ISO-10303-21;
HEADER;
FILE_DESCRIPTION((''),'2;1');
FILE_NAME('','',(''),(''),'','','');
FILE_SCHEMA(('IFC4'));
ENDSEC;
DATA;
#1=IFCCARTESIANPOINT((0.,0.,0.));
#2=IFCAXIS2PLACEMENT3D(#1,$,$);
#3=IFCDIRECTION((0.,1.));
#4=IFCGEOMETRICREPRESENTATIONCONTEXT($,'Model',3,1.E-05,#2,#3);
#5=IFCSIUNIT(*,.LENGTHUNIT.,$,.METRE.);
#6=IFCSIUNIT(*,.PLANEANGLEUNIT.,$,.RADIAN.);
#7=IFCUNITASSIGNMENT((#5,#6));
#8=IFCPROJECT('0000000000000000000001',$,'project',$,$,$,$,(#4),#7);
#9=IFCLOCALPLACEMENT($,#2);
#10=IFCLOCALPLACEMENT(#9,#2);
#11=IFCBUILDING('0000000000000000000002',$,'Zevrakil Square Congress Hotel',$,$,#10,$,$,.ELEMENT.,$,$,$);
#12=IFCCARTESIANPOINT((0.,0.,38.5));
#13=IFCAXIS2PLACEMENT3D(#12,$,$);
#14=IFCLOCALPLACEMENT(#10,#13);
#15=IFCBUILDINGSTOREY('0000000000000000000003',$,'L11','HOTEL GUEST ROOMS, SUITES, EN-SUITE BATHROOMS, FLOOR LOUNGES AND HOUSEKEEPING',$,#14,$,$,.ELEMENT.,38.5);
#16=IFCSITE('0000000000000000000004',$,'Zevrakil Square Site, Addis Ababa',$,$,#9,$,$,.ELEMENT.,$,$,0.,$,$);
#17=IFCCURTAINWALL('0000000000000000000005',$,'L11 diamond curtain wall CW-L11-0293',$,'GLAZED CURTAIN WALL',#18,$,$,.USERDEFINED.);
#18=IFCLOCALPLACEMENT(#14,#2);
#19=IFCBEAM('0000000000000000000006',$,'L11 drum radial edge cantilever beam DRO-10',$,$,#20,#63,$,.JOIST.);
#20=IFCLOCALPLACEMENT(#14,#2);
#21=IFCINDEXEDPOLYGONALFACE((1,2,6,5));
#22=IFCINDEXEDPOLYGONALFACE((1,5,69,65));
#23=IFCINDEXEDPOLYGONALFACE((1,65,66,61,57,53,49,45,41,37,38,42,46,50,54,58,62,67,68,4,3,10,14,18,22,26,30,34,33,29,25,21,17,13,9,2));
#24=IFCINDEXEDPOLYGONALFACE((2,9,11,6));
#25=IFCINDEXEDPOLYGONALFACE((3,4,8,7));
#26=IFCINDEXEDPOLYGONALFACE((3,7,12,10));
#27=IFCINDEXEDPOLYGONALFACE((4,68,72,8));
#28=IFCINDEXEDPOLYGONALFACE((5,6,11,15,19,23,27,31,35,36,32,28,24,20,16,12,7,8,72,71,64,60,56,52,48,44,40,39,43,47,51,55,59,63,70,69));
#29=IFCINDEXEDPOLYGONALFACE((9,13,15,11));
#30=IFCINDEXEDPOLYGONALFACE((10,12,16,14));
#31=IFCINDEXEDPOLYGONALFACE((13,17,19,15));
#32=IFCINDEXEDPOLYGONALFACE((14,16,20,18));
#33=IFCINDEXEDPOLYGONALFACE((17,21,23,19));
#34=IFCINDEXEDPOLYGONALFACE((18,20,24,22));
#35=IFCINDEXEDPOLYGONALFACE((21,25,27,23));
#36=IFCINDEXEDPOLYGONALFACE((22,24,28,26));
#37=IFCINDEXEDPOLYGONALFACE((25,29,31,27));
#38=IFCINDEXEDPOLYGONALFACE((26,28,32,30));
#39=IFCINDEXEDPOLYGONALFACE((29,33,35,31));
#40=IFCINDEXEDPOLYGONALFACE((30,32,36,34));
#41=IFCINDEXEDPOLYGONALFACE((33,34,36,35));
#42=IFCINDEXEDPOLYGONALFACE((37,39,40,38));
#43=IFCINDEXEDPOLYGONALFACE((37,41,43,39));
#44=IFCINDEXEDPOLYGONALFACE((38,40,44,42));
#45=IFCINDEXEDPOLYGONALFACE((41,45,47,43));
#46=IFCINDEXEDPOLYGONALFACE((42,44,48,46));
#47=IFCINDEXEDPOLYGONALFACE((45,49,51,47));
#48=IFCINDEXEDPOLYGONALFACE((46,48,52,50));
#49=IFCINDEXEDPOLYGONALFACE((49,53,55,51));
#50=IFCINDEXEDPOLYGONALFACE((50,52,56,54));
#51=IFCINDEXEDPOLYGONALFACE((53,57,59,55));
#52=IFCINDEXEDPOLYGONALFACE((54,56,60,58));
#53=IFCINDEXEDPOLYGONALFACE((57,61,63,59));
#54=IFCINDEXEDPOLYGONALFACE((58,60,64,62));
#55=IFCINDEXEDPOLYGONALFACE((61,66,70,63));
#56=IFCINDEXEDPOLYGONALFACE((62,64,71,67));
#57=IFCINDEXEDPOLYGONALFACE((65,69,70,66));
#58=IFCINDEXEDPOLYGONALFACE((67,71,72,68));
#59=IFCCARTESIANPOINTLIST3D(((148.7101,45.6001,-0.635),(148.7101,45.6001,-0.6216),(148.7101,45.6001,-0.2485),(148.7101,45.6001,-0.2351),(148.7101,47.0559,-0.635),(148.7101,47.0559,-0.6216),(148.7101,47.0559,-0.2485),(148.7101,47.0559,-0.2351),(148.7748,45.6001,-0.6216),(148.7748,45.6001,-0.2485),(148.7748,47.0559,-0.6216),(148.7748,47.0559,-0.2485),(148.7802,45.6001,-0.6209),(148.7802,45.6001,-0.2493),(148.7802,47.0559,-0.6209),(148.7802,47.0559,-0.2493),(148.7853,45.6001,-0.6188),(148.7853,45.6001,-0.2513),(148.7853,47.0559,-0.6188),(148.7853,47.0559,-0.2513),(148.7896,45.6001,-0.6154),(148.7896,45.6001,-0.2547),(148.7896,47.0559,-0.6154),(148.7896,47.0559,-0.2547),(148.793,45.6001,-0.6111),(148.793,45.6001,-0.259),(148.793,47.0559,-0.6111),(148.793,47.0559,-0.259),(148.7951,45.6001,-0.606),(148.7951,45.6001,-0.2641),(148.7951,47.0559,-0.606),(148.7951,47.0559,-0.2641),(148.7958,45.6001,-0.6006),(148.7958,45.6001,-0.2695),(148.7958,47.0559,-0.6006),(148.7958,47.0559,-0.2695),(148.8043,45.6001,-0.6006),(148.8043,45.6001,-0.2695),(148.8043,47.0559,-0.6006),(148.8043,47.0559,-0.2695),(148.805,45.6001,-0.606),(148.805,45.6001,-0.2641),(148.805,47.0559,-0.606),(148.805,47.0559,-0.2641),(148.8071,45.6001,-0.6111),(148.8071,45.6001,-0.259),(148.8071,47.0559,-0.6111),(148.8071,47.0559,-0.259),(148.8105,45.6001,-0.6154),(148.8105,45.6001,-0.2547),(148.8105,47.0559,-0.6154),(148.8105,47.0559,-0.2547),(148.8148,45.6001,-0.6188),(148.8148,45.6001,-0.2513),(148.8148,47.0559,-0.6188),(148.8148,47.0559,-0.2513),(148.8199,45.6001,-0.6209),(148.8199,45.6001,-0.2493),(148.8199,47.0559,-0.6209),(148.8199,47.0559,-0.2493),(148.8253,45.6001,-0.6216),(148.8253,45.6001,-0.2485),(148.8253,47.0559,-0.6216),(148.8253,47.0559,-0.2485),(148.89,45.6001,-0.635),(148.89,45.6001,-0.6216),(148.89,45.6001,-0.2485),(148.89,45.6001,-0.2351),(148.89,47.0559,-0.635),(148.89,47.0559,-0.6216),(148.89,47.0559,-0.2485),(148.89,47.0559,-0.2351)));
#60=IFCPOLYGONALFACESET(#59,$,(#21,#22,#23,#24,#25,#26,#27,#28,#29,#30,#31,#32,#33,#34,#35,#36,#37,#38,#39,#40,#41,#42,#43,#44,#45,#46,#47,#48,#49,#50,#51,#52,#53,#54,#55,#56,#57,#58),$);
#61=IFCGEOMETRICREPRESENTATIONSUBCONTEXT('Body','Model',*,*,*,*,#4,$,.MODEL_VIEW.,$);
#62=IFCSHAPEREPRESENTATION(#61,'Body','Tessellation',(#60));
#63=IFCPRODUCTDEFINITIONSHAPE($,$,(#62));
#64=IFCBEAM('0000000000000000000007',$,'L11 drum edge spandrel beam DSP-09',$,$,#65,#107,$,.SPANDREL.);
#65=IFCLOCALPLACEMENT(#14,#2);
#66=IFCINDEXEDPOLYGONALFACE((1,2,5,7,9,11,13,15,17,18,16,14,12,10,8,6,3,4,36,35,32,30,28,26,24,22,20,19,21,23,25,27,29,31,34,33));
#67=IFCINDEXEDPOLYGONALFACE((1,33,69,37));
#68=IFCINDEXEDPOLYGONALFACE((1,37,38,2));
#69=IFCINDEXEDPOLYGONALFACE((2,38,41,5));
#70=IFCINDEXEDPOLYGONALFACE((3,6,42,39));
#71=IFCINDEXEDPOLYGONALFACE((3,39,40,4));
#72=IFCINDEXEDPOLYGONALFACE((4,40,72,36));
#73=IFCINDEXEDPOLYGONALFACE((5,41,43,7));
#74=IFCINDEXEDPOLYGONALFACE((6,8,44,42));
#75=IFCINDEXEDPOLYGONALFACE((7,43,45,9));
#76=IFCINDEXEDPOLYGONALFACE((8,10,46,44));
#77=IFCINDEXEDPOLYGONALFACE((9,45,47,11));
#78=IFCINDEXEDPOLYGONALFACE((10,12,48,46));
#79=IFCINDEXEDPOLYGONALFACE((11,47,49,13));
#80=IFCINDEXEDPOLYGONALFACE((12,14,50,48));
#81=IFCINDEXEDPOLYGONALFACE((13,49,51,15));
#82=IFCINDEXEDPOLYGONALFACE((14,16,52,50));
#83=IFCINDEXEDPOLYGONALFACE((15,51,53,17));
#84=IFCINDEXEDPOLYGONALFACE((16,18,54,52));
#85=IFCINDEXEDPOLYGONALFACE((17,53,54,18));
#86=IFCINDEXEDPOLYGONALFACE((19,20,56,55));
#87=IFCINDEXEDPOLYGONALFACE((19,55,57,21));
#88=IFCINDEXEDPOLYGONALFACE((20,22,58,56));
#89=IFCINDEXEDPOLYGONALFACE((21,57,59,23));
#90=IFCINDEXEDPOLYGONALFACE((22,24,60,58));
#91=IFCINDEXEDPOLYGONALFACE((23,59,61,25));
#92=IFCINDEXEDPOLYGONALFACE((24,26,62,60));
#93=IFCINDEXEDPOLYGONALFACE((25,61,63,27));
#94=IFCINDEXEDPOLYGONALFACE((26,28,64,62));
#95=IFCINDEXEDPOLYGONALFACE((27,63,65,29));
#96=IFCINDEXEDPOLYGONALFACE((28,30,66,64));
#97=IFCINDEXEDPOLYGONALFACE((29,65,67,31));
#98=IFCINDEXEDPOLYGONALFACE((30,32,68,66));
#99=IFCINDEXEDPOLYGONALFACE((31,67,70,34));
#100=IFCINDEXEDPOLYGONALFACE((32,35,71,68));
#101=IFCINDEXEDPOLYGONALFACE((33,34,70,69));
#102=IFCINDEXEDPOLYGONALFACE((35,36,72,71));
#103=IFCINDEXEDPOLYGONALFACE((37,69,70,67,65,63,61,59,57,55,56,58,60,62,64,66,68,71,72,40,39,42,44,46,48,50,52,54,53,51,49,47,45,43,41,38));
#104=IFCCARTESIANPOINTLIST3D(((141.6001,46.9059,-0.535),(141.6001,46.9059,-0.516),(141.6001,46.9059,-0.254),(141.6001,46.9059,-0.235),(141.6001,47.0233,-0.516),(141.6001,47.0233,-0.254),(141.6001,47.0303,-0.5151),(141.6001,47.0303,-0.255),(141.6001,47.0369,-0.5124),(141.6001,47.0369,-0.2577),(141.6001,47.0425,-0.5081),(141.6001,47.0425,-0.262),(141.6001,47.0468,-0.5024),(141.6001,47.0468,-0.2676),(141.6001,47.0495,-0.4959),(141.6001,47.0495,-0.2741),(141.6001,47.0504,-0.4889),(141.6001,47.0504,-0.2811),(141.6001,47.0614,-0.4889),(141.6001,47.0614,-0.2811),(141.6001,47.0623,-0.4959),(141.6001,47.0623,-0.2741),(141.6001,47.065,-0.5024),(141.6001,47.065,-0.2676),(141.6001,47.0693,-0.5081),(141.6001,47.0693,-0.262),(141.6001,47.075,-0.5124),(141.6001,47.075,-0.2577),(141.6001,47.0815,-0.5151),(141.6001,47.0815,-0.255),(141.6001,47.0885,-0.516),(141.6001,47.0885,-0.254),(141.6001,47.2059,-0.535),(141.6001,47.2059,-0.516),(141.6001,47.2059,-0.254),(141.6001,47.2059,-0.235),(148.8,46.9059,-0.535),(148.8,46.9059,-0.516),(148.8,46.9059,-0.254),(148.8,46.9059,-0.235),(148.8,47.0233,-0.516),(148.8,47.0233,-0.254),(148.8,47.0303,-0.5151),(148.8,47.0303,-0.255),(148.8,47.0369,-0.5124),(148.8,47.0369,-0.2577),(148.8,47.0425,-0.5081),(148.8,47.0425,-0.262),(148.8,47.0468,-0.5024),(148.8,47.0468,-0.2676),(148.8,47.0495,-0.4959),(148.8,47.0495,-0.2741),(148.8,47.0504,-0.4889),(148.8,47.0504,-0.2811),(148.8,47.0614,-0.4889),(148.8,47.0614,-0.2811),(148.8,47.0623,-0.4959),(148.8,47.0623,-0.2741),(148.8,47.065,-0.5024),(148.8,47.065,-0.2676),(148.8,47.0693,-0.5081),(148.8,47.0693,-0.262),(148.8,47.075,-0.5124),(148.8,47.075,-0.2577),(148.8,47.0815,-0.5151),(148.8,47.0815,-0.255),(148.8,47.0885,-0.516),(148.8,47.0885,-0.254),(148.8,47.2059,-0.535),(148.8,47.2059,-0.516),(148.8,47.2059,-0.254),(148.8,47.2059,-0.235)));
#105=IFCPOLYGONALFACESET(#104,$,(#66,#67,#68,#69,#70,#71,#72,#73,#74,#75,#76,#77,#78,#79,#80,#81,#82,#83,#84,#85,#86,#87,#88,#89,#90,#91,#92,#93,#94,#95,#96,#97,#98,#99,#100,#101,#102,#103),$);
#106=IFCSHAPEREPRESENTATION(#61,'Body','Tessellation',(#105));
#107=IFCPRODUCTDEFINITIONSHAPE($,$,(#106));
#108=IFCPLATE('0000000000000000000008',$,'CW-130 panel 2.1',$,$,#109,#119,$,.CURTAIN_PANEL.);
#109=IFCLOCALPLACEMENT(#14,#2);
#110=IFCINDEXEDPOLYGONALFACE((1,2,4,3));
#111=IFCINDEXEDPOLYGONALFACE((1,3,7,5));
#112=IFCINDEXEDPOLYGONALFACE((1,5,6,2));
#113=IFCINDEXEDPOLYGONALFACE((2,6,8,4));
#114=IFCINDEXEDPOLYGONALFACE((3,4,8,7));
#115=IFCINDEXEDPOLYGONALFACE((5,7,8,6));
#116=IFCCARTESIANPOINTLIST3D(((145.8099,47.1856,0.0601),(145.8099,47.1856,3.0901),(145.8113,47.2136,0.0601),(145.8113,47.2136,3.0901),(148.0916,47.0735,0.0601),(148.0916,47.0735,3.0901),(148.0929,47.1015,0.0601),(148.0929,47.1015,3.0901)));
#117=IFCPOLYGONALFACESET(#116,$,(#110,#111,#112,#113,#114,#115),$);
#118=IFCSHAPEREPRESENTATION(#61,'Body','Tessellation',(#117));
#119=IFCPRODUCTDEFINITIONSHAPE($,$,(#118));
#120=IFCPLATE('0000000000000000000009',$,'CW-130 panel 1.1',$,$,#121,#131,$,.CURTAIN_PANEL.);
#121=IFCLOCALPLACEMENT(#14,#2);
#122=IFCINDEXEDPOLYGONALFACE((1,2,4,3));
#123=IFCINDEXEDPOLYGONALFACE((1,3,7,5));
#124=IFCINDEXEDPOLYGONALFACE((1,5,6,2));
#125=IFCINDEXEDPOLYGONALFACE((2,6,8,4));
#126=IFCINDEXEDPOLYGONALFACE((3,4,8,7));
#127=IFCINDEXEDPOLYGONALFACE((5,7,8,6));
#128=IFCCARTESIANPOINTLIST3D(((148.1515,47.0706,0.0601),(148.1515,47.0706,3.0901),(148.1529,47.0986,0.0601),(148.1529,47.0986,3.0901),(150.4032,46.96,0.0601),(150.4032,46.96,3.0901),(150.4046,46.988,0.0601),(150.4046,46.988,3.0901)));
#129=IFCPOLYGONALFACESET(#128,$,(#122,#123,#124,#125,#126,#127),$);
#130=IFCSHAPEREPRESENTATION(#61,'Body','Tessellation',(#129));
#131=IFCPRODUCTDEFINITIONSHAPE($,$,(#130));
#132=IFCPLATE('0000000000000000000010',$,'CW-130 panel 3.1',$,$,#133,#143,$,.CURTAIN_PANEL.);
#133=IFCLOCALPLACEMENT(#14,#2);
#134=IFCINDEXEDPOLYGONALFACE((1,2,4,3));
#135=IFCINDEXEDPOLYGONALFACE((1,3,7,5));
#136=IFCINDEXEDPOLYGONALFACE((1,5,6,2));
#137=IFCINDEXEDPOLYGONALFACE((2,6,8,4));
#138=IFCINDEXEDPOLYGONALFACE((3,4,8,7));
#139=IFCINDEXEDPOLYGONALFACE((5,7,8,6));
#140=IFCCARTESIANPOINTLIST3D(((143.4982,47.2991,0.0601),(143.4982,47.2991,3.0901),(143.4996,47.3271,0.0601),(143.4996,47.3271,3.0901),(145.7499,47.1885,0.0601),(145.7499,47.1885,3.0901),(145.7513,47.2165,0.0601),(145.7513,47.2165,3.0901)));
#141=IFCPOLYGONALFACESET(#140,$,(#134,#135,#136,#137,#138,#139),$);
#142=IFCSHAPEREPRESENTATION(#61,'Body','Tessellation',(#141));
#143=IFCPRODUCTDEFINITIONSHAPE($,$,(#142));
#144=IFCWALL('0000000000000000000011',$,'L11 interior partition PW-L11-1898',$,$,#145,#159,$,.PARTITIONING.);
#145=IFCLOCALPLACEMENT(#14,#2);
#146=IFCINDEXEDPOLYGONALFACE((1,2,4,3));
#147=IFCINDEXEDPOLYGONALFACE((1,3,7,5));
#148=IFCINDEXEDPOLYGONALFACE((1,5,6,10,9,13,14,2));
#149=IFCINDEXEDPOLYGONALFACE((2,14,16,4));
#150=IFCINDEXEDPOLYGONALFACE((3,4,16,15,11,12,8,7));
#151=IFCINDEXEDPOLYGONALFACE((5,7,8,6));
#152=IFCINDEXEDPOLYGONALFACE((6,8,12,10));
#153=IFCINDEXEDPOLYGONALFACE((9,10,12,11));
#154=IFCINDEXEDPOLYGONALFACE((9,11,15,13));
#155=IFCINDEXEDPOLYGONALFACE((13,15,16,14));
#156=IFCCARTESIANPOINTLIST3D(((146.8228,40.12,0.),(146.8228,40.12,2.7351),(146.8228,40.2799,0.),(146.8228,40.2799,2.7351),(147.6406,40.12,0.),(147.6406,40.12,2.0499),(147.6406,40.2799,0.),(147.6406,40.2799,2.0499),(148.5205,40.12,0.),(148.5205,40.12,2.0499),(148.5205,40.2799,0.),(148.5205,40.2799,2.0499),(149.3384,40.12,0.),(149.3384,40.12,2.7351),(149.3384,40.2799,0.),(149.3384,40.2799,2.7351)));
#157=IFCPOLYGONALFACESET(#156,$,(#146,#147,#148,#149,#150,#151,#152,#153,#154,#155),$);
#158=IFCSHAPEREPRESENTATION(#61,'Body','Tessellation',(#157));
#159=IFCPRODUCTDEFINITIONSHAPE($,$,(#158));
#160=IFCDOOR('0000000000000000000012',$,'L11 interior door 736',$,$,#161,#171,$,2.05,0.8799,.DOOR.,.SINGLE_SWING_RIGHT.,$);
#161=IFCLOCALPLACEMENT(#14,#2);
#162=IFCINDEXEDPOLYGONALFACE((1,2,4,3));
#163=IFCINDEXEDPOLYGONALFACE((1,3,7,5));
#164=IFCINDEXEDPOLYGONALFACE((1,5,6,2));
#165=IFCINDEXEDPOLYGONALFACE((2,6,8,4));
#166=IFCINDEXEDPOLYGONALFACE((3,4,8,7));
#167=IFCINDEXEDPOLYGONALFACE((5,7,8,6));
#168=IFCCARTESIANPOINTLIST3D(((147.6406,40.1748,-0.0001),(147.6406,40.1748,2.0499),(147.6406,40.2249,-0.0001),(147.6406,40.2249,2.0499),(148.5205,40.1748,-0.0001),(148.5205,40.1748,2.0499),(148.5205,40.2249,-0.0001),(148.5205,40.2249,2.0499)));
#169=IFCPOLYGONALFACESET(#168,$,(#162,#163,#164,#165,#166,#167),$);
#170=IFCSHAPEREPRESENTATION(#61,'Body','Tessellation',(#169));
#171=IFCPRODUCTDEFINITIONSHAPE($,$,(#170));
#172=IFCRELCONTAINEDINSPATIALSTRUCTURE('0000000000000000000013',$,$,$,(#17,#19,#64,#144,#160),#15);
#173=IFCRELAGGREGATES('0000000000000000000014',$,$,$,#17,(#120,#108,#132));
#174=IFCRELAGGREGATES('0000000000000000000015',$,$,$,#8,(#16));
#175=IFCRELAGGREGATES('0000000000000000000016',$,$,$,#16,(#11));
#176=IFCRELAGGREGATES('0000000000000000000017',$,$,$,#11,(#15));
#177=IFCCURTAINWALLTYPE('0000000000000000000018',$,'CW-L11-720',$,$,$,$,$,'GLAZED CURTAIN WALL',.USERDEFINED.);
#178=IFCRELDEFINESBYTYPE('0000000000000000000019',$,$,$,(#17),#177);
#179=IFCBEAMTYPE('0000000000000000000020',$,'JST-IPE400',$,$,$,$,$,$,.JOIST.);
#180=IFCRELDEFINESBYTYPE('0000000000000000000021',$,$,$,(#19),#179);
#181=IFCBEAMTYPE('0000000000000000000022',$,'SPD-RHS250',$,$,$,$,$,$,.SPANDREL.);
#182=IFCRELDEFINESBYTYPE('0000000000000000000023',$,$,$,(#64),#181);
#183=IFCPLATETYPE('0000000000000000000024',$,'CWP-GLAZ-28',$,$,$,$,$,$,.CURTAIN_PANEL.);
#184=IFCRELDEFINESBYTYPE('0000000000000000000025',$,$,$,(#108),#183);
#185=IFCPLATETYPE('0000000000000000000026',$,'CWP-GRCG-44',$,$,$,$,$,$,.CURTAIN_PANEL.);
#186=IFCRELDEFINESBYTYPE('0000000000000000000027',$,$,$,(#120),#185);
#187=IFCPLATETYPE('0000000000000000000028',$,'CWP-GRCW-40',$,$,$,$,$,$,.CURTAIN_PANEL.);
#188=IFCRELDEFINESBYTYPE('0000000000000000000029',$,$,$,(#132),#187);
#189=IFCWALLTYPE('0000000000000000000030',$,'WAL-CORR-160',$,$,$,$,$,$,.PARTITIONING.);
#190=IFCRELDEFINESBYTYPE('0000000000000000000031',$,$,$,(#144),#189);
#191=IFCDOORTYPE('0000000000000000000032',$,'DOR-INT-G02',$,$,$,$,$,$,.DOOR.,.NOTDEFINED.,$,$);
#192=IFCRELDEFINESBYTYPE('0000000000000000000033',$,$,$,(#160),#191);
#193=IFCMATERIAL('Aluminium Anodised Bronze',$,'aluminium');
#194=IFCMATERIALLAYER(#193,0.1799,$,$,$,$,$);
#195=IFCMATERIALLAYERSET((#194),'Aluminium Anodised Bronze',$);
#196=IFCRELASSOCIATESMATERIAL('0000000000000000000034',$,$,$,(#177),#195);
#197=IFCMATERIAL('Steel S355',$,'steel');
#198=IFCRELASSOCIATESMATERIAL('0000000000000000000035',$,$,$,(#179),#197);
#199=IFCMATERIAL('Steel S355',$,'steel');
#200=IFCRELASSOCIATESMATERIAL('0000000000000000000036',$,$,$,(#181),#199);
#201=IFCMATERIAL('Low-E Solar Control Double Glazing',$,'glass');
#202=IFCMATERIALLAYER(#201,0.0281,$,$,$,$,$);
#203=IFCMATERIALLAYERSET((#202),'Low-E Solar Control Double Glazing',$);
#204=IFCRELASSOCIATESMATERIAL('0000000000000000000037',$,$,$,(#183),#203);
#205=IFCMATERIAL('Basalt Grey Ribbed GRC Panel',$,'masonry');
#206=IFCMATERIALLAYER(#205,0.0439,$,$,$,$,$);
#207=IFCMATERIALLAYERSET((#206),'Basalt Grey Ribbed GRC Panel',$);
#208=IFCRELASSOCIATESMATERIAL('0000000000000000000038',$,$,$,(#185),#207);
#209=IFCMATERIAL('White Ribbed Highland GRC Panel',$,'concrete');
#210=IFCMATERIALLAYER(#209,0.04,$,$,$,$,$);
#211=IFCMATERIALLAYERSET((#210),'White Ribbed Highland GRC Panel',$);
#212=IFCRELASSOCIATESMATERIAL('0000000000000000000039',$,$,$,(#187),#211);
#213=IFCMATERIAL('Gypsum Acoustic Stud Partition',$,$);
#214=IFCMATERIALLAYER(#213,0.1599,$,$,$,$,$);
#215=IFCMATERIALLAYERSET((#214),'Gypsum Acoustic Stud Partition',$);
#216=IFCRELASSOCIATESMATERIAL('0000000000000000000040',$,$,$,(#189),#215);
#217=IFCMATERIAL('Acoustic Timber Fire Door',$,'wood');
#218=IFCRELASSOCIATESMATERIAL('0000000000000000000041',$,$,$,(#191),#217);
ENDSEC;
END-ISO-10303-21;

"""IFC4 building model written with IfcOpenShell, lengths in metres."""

from ifc_helpers import new_model, si_unit, direction, frame, frame_2d, origin, origin_2d, place, context, subcontext, project, spatial, rectangle, i_section, extrude, material, layer, layer_set, material_profile, profile_set, type_object, element, fill, aggregate, save


model = new_model("IFC4")

# Units and contexts
model_context = context("Model", 3, precision=1e-05, world=origin(), true_north=direction((0.0, 1.0)))
body_context = subcontext(model_context, "Body", "Model", "MODEL_VIEW")
ifc_project = project(units=[si_unit("LENGTHUNIT", "METRE"), si_unit("PLANEANGLEUNIT", "RADIAN")], contexts=[model_context])

# Site, building, storey
site_placement = place(None, origin())
site = spatial("IfcSite", under=ifc_project, at=site_placement, Name="Zevrakil Square Site, Addis Ababa", CompositionType="ELEMENT", RefElevation=0.0)
building_placement = place(site_placement, origin())
building = spatial("IfcBuilding", under=site, at=building_placement, Name="Zevrakil Square Congress Hotel", CompositionType="ELEMENT")
storey_placement = place(building_placement, frame((0.0, 0.0, 38.5)))
storey = spatial("IfcBuildingStorey", under=building, at=storey_placement, Name="L11", Description="HOTEL GUEST ROOMS, SUITES, EN-SUITE BATHROOMS, FLOOR LOUNGES AND HOUSEKEEPING", CompositionType="ELEMENT", Elevation=38.5)

# Curtain wall
ifc_material_1 = material(Name="Aluminium Anodised Bronze", Category="aluminium")
ifc_layer_1 = layer(ifc_material_1, 0.1799)
ifc_layer_set_1 = layer_set([ifc_layer_1], Name="Aluminium Anodised Bronze")
curtain_wall_type = type_object("IfcCurtainWallType", Name="CW-L11-720", ElementType="GLAZED CURTAIN WALL", PredefinedType="USERDEFINED", material=ifc_layer_set_1)
curtain_wall_placement = place(storey_placement, origin())
curtain_wall = element("IfcCurtainWall", 1, at=curtain_wall_placement, inside=storey, type_object=curtain_wall_type, Name="L11 diamond curtain wall CW-L11-0293", ObjectType="GLAZED CURTAIN WALL", PredefinedType="USERDEFINED")

# Beams
ifc_material_2 = material(Name="Steel S355", Category="steel")
ifc_material_profile_1 = material_profile(ifc_material_2, i_section(OverallWidth=0.1799, OverallDepth=0.3999, WebThickness=0.0085, FlangeThickness=0.0134, FilletRadius=0.021, at=origin_2d()), Name="IPE 400")
ifc_profile_set_1 = profile_set([ifc_material_profile_1], Name="Steel S355")
beam_type_1 = type_object("IfcBeamType", Name="JST-IPE400", PredefinedType="JOIST", material=ifc_profile_set_1)
beam_1_placement = place(storey_placement, frame((148.8, 45.6001, -0.4351), z_axis=(0.0, 1.0, 0.0), x_axis=(-1.0, 0.0, 0.0)))
element("IfcBeam", 2, at=beam_1_placement, inside=storey, type_object=beam_type_1, Name="L11 drum radial edge cantilever beam DRO-10", PredefinedType="JOIST", context=body_context, shape_type="SweptSolid", body=[
    extrude(i_section(OverallWidth=0.1799, OverallDepth=0.3999, WebThickness=0.0085, FlangeThickness=0.0134, FilletRadius=0.021, at=origin_2d()), origin(), (0.0, 0.0, 1.0), 1.4558),
])
ifc_material_3 = material(Name="Steel S355", Category="steel")
ifc_material_profile_2 = material_profile(ifc_material_3, i_section(OverallWidth=0.3, OverallDepth=0.3, WebThickness=0.011, FlangeThickness=0.019, FilletRadius=0.0271, at=origin_2d()), Name="HEB 300")
ifc_profile_set_2 = profile_set([ifc_material_profile_2], Name="Steel S355")
beam_type_2 = type_object("IfcBeamType", Name="SPD-RHS250", PredefinedType="SPANDREL", material=ifc_profile_set_2)
beam_2_placement = place(storey_placement, frame((148.8, 47.0559, -0.385), z_axis=(-1.0, 0.0, 0.0), x_axis=(0.0, -1.0, 0.0)))
element("IfcBeam", 3, at=beam_2_placement, inside=storey, type_object=beam_type_2, Name="L11 drum edge spandrel beam DSP-09", PredefinedType="SPANDREL", context=body_context, shape_type="SweptSolid", body=[
    extrude(i_section(OverallWidth=0.3, OverallDepth=0.3, WebThickness=0.011, FlangeThickness=0.019, FilletRadius=0.0271, at=origin_2d()), origin(), (0.0, 0.0, 1.0), 7.2),
])

# Plates
ifc_material_4 = material(Name="Low-E Solar Control Double Glazing", Category="glass")
ifc_layer_2 = layer(ifc_material_4, 0.0281)
ifc_layer_set_2 = layer_set([ifc_layer_2], Name="Low-E Solar Control Double Glazing")
plate_type_1 = type_object("IfcPlateType", Name="CWP-GLAZ-28", PredefinedType="CURTAIN_PANEL", material=ifc_layer_set_2)
plate_1_placement = place(storey_placement, frame((146.9514, 47.1436, 0.0601), z_axis=(0.0, 0.0, 1.0), x_axis=(-0.998796, 0.049053, 0.0)))
plate_1 = element("IfcPlate", 4, at=plate_1_placement, type_object=plate_type_1, Name="CW-130 panel 2.1", PredefinedType="CURTAIN_PANEL", context=body_context, shape_type="SweptSolid", body=[
    extrude(rectangle(XDim=2.2844, YDim=0.0281, at=origin_2d()), origin(), (0.0, 0.0, 1.0), 3.03),
])
ifc_material_5 = material(Name="Basalt Grey Ribbed GRC Panel", Category="masonry")
ifc_layer_3 = layer(ifc_material_5, 0.0439)
ifc_layer_set_3 = layer_set([ifc_layer_3], Name="Basalt Grey Ribbed GRC Panel")
plate_type_2 = type_object("IfcPlateType", Name="CWP-GRCG-44", PredefinedType="CURTAIN_PANEL", material=ifc_layer_set_3)
plate_2_placement = place(storey_placement, frame((149.2781, 47.0293, 0.0601), z_axis=(0.0, 0.0, 1.0), x_axis=(-0.998796, 0.049053, 0.0)))
plate_2 = element("IfcPlate", 5, at=plate_2_placement, type_object=plate_type_2, Name="CW-130 panel 1.1", PredefinedType="CURTAIN_PANEL", context=body_context, shape_type="SweptSolid", body=[
    extrude(rectangle(XDim=2.2544, YDim=0.0281, at=origin_2d()), origin(), (0.0, 0.0, 1.0), 3.03),
])
ifc_material_6 = material(Name="White Ribbed Highland GRC Panel", Category="concrete")
ifc_layer_4 = layer(ifc_material_6, 0.04)
ifc_layer_set_4 = layer_set([ifc_layer_4], Name="White Ribbed Highland GRC Panel")
plate_type_3 = type_object("IfcPlateType", Name="CWP-GRCW-40", PredefinedType="CURTAIN_PANEL", material=ifc_layer_set_4)
plate_3_placement = place(storey_placement, frame((144.6248, 47.2578, 0.0601), z_axis=(0.0, 0.0, 1.0), x_axis=(-0.998796, 0.049053, 0.0)))
plate_3 = element("IfcPlate", 6, at=plate_3_placement, type_object=plate_type_3, Name="CW-130 panel 3.1", PredefinedType="CURTAIN_PANEL", context=body_context, shape_type="SweptSolid", body=[
    extrude(rectangle(XDim=2.2544, YDim=0.0281, at=origin_2d()), origin(), (0.0, 0.0, 1.0), 3.03),
])
aggregate(curtain_wall, [plate_2, plate_1, plate_3])

# Wall, opening, door
ifc_material_7 = material(Name="Gypsum Acoustic Stud Partition")
ifc_layer_5 = layer(ifc_material_7, 0.1599)
ifc_layer_set_5 = layer_set([ifc_layer_5], Name="Gypsum Acoustic Stud Partition")
wall_type_1 = type_object("IfcWallType", Name="WAL-CORR-160", PredefinedType="PARTITIONING", material=ifc_layer_set_5)
wall_1_placement = place(storey_placement, frame((146.8228, 40.2, 0.0), z_axis=(0.0, 0.0, 1.0), x_axis=(1.0, 0.0, 0.0)))
wall_1 = element("IfcWall", 7, at=wall_1_placement, inside=storey, type_object=wall_type_1, Name="L11 interior partition PW-L11-1898", PredefinedType="PARTITIONING", context=body_context, shape_type="SweptSolid", body=[
    extrude(rectangle(XDim=2.5156, YDim=0.1599, at=frame_2d((1.2578, 0.0))), origin(), (0.0, 0.0, 1.0), 2.7351),
])
opening_1_placement = place(wall_1_placement, frame((0.8179, 0.0, 0.0)))
opening_1 = element("IfcOpeningElement", 8, at=opening_1_placement, cuts=wall_1, PredefinedType="OPENING", context=body_context, shape_type="SweptSolid", body=[
    extrude(rectangle(XDim=0.8799, YDim=2.05, at=frame_2d((0.4399, 1.0249))), frame((0.0, 0.0898, 0.0), z_axis=(0.0, -1.0, 0.0), x_axis=(1.0, 0.0, 0.0)), (0.0, 0.0, 1.0), 0.1799),
])
ifc_material_8 = material(Name="Acoustic Timber Fire Door", Category="wood")
door_type_1 = type_object("IfcDoorType", Name="DOR-INT-G02", OperationType="NOTDEFINED", PredefinedType="DOOR", material=ifc_material_8)
door_1_placement = place(opening_1_placement, origin())
door_1 = element("IfcDoor", 9, at=door_1_placement, inside=storey, type_object=door_type_1, Name="L11 interior door 736", OperationType="SINGLE_SWING_RIGHT", OverallHeight=2.05, OverallWidth=0.8799, PredefinedType="DOOR", context=body_context, shape_type="SweptSolid", body=[
    extrude(rectangle(XDim=0.8799, YDim=2.05, at=frame_2d((0.4399, 1.0249))), frame((0.0, 0.0249, 0.0), z_axis=(0.0, -1.0, 0.0), x_axis=(1.0, 0.0, 0.0)), (0.0, 0.0, 1.0), 0.05),
])
fill(opening_1, door_1)

save(model, "model.ifc")
